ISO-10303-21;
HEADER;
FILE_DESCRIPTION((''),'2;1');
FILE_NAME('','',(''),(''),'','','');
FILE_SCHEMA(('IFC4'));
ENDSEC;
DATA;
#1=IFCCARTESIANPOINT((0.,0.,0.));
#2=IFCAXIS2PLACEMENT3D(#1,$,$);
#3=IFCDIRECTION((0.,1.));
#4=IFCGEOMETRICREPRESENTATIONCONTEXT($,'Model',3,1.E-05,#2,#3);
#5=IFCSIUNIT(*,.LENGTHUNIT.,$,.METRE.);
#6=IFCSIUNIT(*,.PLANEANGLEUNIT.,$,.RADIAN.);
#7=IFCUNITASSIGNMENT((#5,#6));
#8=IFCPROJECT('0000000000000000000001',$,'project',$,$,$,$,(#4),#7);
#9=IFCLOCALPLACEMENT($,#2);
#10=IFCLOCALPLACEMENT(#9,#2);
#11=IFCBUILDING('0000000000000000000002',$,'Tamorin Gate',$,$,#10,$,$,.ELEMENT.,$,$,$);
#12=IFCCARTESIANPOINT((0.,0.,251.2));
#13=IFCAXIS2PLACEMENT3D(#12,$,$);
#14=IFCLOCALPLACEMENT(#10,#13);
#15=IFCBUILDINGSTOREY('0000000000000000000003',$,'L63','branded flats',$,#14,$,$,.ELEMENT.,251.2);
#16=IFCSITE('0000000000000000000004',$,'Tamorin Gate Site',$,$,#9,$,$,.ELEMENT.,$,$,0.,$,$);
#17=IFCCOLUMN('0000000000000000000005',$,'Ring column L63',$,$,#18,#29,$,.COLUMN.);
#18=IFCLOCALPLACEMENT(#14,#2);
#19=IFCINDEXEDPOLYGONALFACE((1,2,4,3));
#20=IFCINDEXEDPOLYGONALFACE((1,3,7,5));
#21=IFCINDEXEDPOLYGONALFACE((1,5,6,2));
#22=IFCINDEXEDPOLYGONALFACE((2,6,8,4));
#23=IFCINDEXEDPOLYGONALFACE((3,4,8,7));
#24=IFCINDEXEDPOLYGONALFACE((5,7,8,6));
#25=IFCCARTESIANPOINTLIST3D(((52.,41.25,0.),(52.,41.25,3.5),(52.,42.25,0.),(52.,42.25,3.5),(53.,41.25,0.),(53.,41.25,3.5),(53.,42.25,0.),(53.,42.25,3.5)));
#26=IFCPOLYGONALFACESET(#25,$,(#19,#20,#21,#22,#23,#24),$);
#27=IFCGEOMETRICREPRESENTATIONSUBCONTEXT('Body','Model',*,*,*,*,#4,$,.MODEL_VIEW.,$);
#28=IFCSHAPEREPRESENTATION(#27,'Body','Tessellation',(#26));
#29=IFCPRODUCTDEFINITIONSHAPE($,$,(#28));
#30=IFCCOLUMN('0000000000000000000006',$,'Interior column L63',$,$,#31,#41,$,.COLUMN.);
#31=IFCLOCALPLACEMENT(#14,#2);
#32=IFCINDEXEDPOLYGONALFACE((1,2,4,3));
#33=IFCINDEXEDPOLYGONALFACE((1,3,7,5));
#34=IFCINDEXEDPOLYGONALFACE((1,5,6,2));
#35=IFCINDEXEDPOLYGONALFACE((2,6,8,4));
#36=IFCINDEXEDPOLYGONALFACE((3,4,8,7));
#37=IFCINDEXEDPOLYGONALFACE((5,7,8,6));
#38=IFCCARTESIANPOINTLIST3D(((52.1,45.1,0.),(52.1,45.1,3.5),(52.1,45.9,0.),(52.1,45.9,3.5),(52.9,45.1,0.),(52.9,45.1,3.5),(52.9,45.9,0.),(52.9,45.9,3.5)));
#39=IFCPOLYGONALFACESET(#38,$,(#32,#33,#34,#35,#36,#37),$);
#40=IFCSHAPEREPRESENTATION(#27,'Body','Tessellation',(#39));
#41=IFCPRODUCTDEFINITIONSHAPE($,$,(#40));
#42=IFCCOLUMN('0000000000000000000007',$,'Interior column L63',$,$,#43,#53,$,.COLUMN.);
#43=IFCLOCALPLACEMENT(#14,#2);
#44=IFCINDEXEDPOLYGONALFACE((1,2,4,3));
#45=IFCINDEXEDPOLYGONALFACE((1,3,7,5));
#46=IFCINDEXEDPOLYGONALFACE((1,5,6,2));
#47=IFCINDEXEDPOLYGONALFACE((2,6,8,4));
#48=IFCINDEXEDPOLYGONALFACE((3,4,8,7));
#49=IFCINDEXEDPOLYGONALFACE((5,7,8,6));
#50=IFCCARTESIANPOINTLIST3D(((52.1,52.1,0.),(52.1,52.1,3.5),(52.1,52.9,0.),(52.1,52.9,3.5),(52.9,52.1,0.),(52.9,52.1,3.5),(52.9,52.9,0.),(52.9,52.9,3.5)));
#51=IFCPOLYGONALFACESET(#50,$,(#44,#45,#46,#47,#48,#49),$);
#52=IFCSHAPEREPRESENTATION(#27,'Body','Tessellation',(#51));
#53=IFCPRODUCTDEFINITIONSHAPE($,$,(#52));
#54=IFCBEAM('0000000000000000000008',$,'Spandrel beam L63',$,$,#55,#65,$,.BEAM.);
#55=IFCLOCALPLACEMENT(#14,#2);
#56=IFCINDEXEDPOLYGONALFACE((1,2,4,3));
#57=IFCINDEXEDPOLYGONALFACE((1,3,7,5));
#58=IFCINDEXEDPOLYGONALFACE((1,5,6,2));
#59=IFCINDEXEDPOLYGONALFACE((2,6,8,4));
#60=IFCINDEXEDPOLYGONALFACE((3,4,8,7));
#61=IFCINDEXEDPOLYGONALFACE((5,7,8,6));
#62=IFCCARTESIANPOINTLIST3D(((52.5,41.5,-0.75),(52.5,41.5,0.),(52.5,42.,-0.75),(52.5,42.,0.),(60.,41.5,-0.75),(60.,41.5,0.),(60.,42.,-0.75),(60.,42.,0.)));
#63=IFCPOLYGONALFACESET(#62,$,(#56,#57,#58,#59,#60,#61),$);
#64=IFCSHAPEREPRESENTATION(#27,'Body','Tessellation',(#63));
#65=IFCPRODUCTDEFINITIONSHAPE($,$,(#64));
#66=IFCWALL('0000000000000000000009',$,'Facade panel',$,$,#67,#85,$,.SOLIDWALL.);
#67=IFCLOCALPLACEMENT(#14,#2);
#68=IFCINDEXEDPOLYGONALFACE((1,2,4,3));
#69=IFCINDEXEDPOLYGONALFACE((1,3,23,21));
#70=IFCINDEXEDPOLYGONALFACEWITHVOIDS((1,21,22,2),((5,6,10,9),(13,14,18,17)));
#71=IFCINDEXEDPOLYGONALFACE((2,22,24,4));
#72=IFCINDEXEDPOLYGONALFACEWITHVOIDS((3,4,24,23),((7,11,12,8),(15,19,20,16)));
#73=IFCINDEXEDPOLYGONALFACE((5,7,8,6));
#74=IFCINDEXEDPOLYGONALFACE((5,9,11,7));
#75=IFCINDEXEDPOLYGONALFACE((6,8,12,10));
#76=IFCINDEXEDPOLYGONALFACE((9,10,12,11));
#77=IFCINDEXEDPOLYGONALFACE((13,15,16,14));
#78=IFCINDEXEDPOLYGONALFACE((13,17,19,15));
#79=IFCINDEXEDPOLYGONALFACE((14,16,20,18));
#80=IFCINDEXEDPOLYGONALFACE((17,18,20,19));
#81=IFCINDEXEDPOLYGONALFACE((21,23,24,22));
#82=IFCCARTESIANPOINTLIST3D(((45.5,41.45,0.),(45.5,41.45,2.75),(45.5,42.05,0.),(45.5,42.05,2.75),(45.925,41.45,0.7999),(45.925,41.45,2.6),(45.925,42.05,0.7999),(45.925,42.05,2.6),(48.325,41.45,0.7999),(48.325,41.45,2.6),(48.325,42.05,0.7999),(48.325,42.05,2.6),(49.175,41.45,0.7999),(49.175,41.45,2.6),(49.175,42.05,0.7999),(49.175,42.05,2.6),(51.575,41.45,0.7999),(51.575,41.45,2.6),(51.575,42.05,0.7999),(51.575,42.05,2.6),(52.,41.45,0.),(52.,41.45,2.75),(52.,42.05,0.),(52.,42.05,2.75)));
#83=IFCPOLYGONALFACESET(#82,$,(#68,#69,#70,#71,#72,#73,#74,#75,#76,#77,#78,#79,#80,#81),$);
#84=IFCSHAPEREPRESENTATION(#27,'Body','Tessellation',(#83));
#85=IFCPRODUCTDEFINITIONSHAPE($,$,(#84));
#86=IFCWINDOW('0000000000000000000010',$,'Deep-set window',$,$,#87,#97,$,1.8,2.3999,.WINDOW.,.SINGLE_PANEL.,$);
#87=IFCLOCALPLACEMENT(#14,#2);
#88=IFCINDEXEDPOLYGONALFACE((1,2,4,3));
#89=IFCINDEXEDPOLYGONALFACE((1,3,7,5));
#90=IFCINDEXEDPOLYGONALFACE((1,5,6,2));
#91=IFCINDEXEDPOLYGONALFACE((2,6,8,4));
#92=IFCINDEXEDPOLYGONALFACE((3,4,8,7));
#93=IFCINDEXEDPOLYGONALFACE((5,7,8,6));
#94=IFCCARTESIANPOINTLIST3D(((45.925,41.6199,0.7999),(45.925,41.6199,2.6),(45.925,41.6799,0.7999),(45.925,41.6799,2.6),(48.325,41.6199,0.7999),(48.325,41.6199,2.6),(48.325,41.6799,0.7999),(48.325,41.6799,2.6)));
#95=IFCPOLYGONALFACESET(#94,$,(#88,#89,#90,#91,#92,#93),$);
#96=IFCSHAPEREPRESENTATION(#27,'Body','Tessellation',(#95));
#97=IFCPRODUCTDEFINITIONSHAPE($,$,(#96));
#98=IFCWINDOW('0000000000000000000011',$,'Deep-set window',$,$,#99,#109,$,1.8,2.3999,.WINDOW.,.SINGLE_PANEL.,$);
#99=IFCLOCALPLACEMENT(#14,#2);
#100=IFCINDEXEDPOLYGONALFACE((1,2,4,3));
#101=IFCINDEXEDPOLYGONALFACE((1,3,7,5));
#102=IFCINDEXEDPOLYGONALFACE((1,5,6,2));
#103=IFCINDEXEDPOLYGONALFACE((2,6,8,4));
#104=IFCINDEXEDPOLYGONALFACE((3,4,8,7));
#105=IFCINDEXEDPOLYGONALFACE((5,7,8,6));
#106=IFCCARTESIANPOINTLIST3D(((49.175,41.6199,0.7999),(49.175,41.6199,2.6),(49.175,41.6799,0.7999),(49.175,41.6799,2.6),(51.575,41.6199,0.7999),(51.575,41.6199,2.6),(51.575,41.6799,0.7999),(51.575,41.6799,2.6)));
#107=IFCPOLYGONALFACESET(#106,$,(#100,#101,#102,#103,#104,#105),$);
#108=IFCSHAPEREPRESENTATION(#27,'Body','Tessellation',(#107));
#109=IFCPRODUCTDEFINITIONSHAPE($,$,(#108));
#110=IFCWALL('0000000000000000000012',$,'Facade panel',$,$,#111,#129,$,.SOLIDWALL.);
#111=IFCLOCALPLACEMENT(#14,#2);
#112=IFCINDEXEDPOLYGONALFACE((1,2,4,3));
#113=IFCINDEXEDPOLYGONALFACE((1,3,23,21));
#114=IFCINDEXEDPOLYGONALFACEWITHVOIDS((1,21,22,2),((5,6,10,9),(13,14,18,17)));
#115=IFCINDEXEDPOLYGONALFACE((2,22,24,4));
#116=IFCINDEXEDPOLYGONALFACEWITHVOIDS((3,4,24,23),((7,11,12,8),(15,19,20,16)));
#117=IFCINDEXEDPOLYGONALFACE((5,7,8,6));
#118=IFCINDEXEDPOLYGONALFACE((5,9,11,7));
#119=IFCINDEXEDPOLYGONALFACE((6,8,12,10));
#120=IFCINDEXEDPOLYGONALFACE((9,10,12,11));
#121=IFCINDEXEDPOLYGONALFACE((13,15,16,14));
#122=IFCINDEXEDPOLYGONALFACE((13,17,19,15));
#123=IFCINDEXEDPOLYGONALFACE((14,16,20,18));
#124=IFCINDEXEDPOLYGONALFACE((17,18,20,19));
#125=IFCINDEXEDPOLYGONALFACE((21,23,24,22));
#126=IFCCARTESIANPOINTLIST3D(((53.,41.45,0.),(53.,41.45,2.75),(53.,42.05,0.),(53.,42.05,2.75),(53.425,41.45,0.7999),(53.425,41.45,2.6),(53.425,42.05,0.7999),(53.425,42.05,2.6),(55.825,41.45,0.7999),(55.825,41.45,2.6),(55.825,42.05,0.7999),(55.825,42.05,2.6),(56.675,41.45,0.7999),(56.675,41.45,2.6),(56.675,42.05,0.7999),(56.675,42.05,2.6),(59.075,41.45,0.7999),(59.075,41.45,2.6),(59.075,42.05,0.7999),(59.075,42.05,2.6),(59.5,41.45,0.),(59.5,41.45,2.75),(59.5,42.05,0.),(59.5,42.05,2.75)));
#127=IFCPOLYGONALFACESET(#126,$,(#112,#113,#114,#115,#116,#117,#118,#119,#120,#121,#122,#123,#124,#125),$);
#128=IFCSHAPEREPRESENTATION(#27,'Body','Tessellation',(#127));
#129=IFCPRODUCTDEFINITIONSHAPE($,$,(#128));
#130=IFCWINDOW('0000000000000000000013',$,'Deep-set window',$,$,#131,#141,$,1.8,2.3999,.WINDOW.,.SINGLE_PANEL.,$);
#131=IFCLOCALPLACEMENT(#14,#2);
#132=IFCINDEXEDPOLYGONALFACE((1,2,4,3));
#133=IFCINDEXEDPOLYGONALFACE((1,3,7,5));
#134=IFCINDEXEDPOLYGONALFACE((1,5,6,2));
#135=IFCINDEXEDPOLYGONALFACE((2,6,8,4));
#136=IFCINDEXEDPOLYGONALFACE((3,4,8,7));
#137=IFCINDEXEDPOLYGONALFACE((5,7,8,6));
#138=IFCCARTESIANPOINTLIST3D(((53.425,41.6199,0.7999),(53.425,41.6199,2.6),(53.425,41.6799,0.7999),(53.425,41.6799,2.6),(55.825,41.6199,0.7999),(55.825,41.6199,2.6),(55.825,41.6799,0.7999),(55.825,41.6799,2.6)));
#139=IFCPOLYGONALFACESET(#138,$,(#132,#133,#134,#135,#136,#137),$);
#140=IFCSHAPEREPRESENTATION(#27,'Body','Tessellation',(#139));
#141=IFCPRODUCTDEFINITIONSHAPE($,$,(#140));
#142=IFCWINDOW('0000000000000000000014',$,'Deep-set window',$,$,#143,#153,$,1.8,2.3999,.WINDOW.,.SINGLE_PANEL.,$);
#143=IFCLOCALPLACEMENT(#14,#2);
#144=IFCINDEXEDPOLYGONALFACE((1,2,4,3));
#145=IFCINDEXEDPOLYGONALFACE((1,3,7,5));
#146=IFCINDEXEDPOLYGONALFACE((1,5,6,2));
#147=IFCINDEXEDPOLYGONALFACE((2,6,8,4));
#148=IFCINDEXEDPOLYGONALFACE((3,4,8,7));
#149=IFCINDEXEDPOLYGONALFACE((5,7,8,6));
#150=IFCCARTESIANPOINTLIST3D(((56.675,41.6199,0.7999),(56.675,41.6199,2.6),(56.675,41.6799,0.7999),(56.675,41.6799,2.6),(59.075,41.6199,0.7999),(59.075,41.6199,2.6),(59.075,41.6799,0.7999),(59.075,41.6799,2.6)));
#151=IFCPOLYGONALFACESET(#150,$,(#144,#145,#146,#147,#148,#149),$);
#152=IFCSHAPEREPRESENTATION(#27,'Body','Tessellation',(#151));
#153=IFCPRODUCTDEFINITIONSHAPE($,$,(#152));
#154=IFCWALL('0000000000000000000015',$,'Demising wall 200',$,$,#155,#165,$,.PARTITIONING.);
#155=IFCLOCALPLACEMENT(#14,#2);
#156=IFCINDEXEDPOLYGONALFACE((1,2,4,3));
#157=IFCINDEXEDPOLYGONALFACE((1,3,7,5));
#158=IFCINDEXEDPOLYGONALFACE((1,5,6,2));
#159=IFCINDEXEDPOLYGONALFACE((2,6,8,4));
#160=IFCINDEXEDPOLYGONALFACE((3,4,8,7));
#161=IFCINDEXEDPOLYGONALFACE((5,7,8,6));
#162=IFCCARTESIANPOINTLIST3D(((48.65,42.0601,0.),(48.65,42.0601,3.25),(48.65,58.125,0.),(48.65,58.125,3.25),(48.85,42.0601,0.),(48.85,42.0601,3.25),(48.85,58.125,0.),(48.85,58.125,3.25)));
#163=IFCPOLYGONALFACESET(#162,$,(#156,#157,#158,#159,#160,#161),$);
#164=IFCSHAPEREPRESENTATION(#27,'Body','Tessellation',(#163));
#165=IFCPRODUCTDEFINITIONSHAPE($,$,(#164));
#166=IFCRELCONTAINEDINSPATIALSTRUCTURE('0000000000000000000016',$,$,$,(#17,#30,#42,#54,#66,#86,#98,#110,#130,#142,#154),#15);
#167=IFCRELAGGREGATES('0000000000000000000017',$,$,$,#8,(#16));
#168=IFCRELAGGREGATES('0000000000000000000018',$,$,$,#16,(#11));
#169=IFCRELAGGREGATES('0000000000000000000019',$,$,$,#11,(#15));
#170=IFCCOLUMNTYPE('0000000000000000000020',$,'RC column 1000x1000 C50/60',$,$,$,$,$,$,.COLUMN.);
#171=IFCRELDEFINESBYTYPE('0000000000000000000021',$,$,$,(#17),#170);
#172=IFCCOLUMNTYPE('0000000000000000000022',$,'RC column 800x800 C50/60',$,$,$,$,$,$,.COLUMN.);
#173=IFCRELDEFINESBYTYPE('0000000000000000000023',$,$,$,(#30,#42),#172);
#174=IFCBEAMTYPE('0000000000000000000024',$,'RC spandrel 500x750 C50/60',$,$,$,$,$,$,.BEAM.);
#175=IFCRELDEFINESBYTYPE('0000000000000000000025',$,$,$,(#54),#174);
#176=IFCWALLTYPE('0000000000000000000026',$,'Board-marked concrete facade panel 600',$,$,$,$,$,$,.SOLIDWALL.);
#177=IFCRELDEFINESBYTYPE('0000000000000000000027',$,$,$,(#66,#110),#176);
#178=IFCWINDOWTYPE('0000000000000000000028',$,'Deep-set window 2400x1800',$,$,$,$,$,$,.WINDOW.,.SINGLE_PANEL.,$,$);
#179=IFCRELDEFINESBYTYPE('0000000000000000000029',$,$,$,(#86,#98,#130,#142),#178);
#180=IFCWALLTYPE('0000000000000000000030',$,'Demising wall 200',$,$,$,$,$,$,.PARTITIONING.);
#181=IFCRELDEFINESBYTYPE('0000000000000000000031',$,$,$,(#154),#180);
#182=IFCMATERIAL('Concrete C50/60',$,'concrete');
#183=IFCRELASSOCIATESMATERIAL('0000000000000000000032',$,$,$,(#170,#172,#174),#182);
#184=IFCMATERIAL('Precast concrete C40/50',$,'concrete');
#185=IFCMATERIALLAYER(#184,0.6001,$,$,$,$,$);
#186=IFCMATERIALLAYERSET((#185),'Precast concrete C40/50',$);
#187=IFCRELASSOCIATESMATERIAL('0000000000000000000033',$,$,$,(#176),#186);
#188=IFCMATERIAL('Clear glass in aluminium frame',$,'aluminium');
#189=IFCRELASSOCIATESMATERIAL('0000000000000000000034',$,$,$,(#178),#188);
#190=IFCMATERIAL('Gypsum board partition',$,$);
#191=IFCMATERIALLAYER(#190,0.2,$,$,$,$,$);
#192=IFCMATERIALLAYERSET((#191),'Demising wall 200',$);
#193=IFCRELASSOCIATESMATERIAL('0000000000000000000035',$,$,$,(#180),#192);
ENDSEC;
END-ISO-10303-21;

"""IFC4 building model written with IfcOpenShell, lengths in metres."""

from ifc_helpers import new_model, si_unit, direction, frame, frame_2d, origin, origin_2d, place, context, subcontext, project, spatial, rectangle, extrude, material, layer, layer_set, material_profile, profile_set, type_object, element, fill, save


model = new_model("IFC4")

# Units and contexts
model_context = context("Model", 3, precision=1e-05, world=origin(), true_north=direction((0.0, 1.0)))
body_context = subcontext(model_context, "Body", "Model", "MODEL_VIEW")
ifc_project = project(units=[si_unit("LENGTHUNIT", "METRE"), si_unit("PLANEANGLEUNIT", "RADIAN")], contexts=[model_context])

# Site, building, storey
site_placement = place(None, origin())
site = spatial("IfcSite", under=ifc_project, at=site_placement, Name="Tamorin Gate Site", CompositionType="ELEMENT", RefElevation=0.0)
building_placement = place(site_placement, origin())
building = spatial("IfcBuilding", under=site, at=building_placement, Name="Tamorin Gate", CompositionType="ELEMENT")
storey_placement = place(building_placement, frame((0.0, 0.0, 251.2)))
storey = spatial("IfcBuildingStorey", under=building, at=storey_placement, Name="L63", Description="branded flats", CompositionType="ELEMENT", Elevation=251.2)

# Columns
ifc_material_1 = material(Name="Concrete C50/60", Category="concrete")
ifc_material_profile_1 = material_profile(ifc_material_1, rectangle(XDim=1.0, YDim=1.0, at=origin_2d()), Name="RC 1000x1000")
ifc_profile_set_1 = profile_set([ifc_material_profile_1], Name="Concrete C50/60")
column_type_1 = type_object("IfcColumnType", Name="RC column 1000x1000 C50/60", PredefinedType="COLUMN", material=ifc_profile_set_1)
column_placement = place(storey_placement, frame((52.5, 41.75, 0.0), z_axis=(0.0, 0.0, 1.0), x_axis=(1.0, 0.0, 0.0)))
element("IfcColumn", 1, at=column_placement, inside=storey, type_object=column_type_1, Name="Ring column L63", PredefinedType="COLUMN", context=body_context, shape_type="SweptSolid", body=[
    extrude(rectangle(XDim=1.0, YDim=1.0, at=origin_2d()), origin(), (0.0, 0.0, 1.0), 3.5),
])
ifc_material_profile_2 = material_profile(ifc_material_1, rectangle(XDim=0.8, YDim=0.8, at=origin_2d()), Name="RC 800x800")
ifc_profile_set_2 = profile_set([ifc_material_profile_2], Name="Concrete C50/60")
column_type_2 = type_object("IfcColumnType", Name="RC column 800x800 C50/60", PredefinedType="COLUMN", material=ifc_profile_set_2)
for number, where, z_axis, x_axis, name in (
    (2, (52.5, 45.5, 0.0), (0.0, 0.0, 1.0), (1.0, 0.0, 0.0), "Interior column L63"),
    (3, (52.5, 52.5, 0.0), (0.0, 0.0, 1.0), (1.0, 0.0, 0.0), "Interior column L63"),
):
    element("IfcColumn", number, at=place(storey_placement, frame(where, z_axis=z_axis, x_axis=x_axis)), inside=storey, type_object=column_type_2, Name=name, PredefinedType="COLUMN", context=body_context, shape_type="SweptSolid", body=[
        extrude(rectangle(XDim=0.8, YDim=0.8, at=origin_2d()), origin(), (0.0, 0.0, 1.0), 3.5),
    ])

# Beam
ifc_material_profile_3 = material_profile(ifc_material_1, rectangle(XDim=0.5, YDim=0.75, at=origin_2d()), Name="RC 500x750")
ifc_profile_set_3 = profile_set([ifc_material_profile_3], Name="Concrete C50/60")
beam_type = type_object("IfcBeamType", Name="RC spandrel 500x750 C50/60", PredefinedType="BEAM", material=ifc_profile_set_3)
beam_placement = place(storey_placement, frame((52.5, 41.75, -0.375), z_axis=(1.0, 0.0, 0.0), x_axis=(0.0, 1.0, 0.0)))
element("IfcBeam", 4, at=beam_placement, inside=storey, type_object=beam_type, Name="Spandrel beam L63", PredefinedType="BEAM", context=body_context, shape_type="SweptSolid", body=[
    extrude(rectangle(XDim=0.5, YDim=0.75, at=origin_2d()), origin(), (0.0, 0.0, 1.0), 7.5),
])

# Walls, openings, windows
ifc_material_2 = material(Name="Precast concrete C40/50", Category="concrete")
ifc_layer_1 = layer(ifc_material_2, 0.6001)
ifc_layer_set_1 = layer_set([ifc_layer_1], Name="Precast concrete C40/50")
wall_type_1 = type_object("IfcWallType", Name="Board-marked concrete facade panel 600", PredefinedType="SOLIDWALL", material=ifc_layer_set_1)
wall_1_placement = place(storey_placement, frame((45.5, 41.75, 0.0), z_axis=(0.0, 0.0, 1.0), x_axis=(1.0, 0.0, 0.0)))
wall_1 = element("IfcWall", 5, at=wall_1_placement, inside=storey, type_object=wall_type_1, Name="Facade panel", PredefinedType="SOLIDWALL", context=body_context, shape_type="SweptSolid", body=[
    extrude(rectangle(XDim=6.5, YDim=0.6001, at=frame_2d((3.25, 0.0))), origin(), (0.0, 0.0, 1.0), 2.75),
])
opening_1_placement = place(wall_1_placement, frame((0.425, 0.0, 0.8)))
opening_1 = element("IfcOpeningElement", 6, at=opening_1_placement, cuts=wall_1, PredefinedType="OPENING", context=body_context, shape_type="SweptSolid", body=[
    extrude(rectangle(XDim=2.3999, YDim=1.8, at=frame_2d((1.2, 0.8999))), frame((0.0, 0.3101, 0.0), z_axis=(0.0, -1.0, 0.0), x_axis=(1.0, 0.0, 0.0)), (0.0, 0.0, 1.0), 0.6201),
])
opening_2_placement = place(wall_1_placement, frame((3.675, 0.0, 0.8)))
opening_2 = element("IfcOpeningElement", 7, at=opening_2_placement, cuts=wall_1, PredefinedType="OPENING", context=body_context, shape_type="SweptSolid", body=[
    extrude(rectangle(XDim=2.3999, YDim=1.8, at=frame_2d((1.2, 0.8999))), frame((0.0, 0.3101, 0.0), z_axis=(0.0, -1.0, 0.0), x_axis=(1.0, 0.0, 0.0)), (0.0, 0.0, 1.0), 0.6201),
])
ifc_material_3 = material(Name="Clear glass in aluminium frame", Category="aluminium")
window_type = type_object("IfcWindowType", Name="Deep-set window 2400x1800", PartitioningType="SINGLE_PANEL", PredefinedType="WINDOW", material=ifc_material_3)
window_1_placement = place(opening_1_placement, origin())
window_1 = element("IfcWindow", 8, at=window_1_placement, inside=storey, type_object=window_type, Name="Deep-set window", OverallHeight=1.8, OverallWidth=2.3999, PartitioningType="SINGLE_PANEL", PredefinedType="WINDOW", context=body_context, shape_type="SweptSolid", body=[
    extrude(rectangle(XDim=2.3999, YDim=1.8, at=frame_2d((1.2, 0.8999))), frame((0.0, -0.0701, 0.0), z_axis=(0.0, -1.0, 0.0), x_axis=(1.0, 0.0, 0.0)), (0.0, 0.0, 1.0), 0.0601),
])
fill(opening_1, window_1)
window_2_placement = place(opening_2_placement, origin())
window_2 = element("IfcWindow", 9, at=window_2_placement, inside=storey, type_object=window_type, Name="Deep-set window", OverallHeight=1.8, OverallWidth=2.3999, PartitioningType="SINGLE_PANEL", PredefinedType="WINDOW", context=body_context, shape_type="SweptSolid", body=[
    extrude(rectangle(XDim=2.3999, YDim=1.8, at=frame_2d((1.2, 0.8999))), frame((0.0, -0.0701, 0.0), z_axis=(0.0, -1.0, 0.0), x_axis=(1.0, 0.0, 0.0)), (0.0, 0.0, 1.0), 0.0601),
])
fill(opening_2, window_2)
wall_2_placement = place(storey_placement, frame((53.0, 41.75, 0.0), z_axis=(0.0, 0.0, 1.0), x_axis=(1.0, 0.0, 0.0)))
wall_2 = element("IfcWall", 10, at=wall_2_placement, inside=storey, type_object=wall_type_1, Name="Facade panel", PredefinedType="SOLIDWALL", context=body_context, shape_type="SweptSolid", body=[
    extrude(rectangle(XDim=6.5, YDim=0.6001, at=frame_2d((3.25, 0.0))), origin(), (0.0, 0.0, 1.0), 2.75),
])
opening_3_placement = place(wall_2_placement, frame((0.425, 0.0, 0.8)))
opening_3 = element("IfcOpeningElement", 11, at=opening_3_placement, cuts=wall_2, PredefinedType="OPENING", context=body_context, shape_type="SweptSolid", body=[
    extrude(rectangle(XDim=2.3999, YDim=1.8, at=frame_2d((1.2, 0.8999))), frame((0.0, 0.3101, 0.0), z_axis=(0.0, -1.0, 0.0), x_axis=(1.0, 0.0, 0.0)), (0.0, 0.0, 1.0), 0.6201),
])
opening_4_placement = place(wall_2_placement, frame((3.675, 0.0, 0.8)))
opening_4 = element("IfcOpeningElement", 12, at=opening_4_placement, cuts=wall_2, PredefinedType="OPENING", context=body_context, shape_type="SweptSolid", body=[
    extrude(rectangle(XDim=2.3999, YDim=1.8, at=frame_2d((1.2, 0.8999))), frame((0.0, 0.3101, 0.0), z_axis=(0.0, -1.0, 0.0), x_axis=(1.0, 0.0, 0.0)), (0.0, 0.0, 1.0), 0.6201),
])
window_3_placement = place(opening_3_placement, origin())
window_3 = element("IfcWindow", 13, at=window_3_placement, inside=storey, type_object=window_type, Name="Deep-set window", OverallHeight=1.8, OverallWidth=2.3999, PartitioningType="SINGLE_PANEL", PredefinedType="WINDOW", context=body_context, shape_type="SweptSolid", body=[
    extrude(rectangle(XDim=2.3999, YDim=1.8, at=frame_2d((1.2, 0.8999))), frame((0.0, -0.0701, 0.0), z_axis=(0.0, -1.0, 0.0), x_axis=(1.0, 0.0, 0.0)), (0.0, 0.0, 1.0), 0.0601),
])
fill(opening_3, window_3)
window_4_placement = place(opening_4_placement, origin())
window_4 = element("IfcWindow", 14, at=window_4_placement, inside=storey, type_object=window_type, Name="Deep-set window", OverallHeight=1.8, OverallWidth=2.3999, PartitioningType="SINGLE_PANEL", PredefinedType="WINDOW", context=body_context, shape_type="SweptSolid", body=[
    extrude(rectangle(XDim=2.3999, YDim=1.8, at=frame_2d((1.2, 0.8999))), frame((0.0, -0.0701, 0.0), z_axis=(0.0, -1.0, 0.0), x_axis=(1.0, 0.0, 0.0)), (0.0, 0.0, 1.0), 0.0601),
])
fill(opening_4, window_4)

# Wall
ifc_material_4 = material(Name="Gypsum board partition")
ifc_layer_2 = layer(ifc_material_4, 0.2)
ifc_layer_set_2 = layer_set([ifc_layer_2], Name="Demising wall 200")
wall_type_2 = type_object("IfcWallType", Name="Demising wall 200", PredefinedType="PARTITIONING", material=ifc_layer_set_2)
wall_3_placement = place(storey_placement, frame((48.75, 42.0601, 0.0), z_axis=(0.0, 0.0, 1.0), x_axis=(0.0, 1.0, 0.0)))
element("IfcWall", 15, at=wall_3_placement, inside=storey, type_object=wall_type_2, Name="Demising wall 200", PredefinedType="PARTITIONING", context=body_context, shape_type="SweptSolid", body=[
    extrude(rectangle(XDim=16.0649, YDim=0.2, at=frame_2d((8.0325, 0.0))), origin(), (0.0, 0.0, 1.0), 3.25),
])

save(model, "model.ifc")
